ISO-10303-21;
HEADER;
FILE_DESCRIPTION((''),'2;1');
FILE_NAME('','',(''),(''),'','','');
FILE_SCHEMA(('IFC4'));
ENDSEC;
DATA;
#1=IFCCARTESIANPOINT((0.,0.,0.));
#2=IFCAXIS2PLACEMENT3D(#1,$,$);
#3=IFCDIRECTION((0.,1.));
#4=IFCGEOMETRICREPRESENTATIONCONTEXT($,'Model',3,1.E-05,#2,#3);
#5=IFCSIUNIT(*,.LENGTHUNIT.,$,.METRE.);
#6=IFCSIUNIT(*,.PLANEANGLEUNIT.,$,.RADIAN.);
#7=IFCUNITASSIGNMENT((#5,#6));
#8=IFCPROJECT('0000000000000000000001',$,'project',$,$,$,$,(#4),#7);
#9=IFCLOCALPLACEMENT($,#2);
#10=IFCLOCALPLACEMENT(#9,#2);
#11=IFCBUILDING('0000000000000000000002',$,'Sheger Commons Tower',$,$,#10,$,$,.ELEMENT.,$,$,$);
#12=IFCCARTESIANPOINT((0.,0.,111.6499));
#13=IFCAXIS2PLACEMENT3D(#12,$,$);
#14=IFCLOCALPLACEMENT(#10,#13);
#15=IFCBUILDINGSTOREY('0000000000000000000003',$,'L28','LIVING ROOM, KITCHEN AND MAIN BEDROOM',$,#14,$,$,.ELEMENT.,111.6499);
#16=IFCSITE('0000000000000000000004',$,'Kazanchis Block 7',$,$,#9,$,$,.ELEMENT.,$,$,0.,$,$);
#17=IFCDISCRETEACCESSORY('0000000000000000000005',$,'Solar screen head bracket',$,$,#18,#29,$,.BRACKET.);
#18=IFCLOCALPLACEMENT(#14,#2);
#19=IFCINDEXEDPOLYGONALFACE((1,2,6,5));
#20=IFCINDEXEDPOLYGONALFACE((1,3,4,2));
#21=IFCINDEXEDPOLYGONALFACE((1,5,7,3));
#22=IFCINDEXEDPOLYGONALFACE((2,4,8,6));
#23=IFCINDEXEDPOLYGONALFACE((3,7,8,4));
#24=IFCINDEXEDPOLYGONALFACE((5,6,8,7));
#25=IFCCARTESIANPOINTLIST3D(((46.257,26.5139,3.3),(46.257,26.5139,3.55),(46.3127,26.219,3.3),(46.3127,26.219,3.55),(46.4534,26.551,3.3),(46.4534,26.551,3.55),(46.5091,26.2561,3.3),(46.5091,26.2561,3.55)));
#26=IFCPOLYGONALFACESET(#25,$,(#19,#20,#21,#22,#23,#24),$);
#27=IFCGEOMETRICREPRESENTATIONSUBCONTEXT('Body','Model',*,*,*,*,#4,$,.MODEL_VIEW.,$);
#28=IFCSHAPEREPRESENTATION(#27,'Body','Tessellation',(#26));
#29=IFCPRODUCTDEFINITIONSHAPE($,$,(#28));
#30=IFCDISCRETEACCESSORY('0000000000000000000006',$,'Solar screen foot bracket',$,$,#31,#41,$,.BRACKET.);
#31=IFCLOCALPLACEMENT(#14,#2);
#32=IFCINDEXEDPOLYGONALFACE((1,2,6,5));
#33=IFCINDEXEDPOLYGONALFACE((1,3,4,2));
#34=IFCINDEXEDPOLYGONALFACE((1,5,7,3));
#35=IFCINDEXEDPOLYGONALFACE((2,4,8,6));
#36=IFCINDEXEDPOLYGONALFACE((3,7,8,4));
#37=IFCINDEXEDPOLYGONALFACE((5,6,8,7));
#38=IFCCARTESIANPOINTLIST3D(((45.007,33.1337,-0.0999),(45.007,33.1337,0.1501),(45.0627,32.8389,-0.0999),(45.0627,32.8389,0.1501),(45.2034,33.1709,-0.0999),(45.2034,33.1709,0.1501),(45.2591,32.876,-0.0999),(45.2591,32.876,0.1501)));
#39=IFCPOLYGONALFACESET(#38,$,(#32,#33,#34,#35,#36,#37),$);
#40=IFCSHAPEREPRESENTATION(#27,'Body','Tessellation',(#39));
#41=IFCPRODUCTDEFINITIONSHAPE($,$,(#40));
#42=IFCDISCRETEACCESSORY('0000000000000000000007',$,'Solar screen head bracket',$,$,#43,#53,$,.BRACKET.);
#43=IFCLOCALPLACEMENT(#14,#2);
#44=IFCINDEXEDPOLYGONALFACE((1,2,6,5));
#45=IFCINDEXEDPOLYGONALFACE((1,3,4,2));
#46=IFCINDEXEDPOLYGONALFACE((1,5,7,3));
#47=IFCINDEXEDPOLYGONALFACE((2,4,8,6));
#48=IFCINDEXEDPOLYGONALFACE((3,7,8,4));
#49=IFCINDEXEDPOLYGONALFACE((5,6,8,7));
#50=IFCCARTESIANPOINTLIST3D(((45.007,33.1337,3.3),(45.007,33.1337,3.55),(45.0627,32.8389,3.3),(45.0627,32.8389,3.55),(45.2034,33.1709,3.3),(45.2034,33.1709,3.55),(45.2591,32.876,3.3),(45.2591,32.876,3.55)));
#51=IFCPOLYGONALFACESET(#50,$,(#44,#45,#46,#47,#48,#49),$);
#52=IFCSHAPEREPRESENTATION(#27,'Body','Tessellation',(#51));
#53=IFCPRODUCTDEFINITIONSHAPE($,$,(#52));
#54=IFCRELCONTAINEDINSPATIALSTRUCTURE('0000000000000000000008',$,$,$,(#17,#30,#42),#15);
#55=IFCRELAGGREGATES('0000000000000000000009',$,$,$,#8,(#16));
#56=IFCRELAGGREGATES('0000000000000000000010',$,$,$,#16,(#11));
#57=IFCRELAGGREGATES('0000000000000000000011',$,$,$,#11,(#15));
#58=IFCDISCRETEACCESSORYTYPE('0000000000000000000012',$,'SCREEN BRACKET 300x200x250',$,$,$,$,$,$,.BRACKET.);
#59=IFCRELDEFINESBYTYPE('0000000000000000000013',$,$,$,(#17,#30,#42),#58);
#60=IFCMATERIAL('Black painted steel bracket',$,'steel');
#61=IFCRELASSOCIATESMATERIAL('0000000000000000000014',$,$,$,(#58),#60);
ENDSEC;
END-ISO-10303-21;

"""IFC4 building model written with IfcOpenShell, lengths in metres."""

from ifc_helpers import new_model, si_unit, direction, frame, origin, origin_2d, place, context, subcontext, project, spatial, rectangle, extrude, material, type_object, element, save


model = new_model("IFC4")

# Units and contexts
model_context = context("Model", 3, precision=1e-05, world=origin(), true_north=direction((0.0, 1.0)))
body_context = subcontext(model_context, "Body", "Model", "MODEL_VIEW")
ifc_project = project(units=[si_unit("LENGTHUNIT", "METRE"), si_unit("PLANEANGLEUNIT", "RADIAN")], contexts=[model_context])

# Site, building, storey
site_placement = place(None, origin())
site = spatial("IfcSite", under=ifc_project, at=site_placement, Name="Kazanchis Block 7", CompositionType="ELEMENT", RefElevation=0.0)
building_placement = place(site_placement, origin())
building = spatial("IfcBuilding", under=site, at=building_placement, Name="Sheger Commons Tower", CompositionType="ELEMENT")
storey_placement = place(building_placement, frame((0.0, 0.0, 111.6499)))
storey = spatial("IfcBuildingStorey", under=building, at=storey_placement, Name="L28", Description="LIVING ROOM, KITCHEN AND MAIN BEDROOM", CompositionType="ELEMENT", Elevation=111.6499)

# Discrete accessories
ifc_material_1 = material(Name="Black painted steel bracket", Category="steel")
discrete_accessory_type = type_object("IfcDiscreteAccessoryType", Name="SCREEN BRACKET 300x200x250", PredefinedType="BRACKET", material=ifc_material_1)
for number, where, z_axis, x_axis, name in (
    (1, (46.3831, 26.385, 3.3), (0.0, 0.0, 1.0), (-0.185615, 0.982623, 0.0), "Solar screen head bracket"),
    (2, (45.1331, 33.0049, -0.0999), (0.0, 0.0, 1.0), (-0.185615, 0.982623, 0.0), "Solar screen foot bracket"),
    (3, (45.1331, 33.0049, 3.3), (0.0, 0.0, 1.0), (-0.185615, 0.982623, 0.0), "Solar screen head bracket"),
):
    element("IfcDiscreteAccessory", number, at=place(storey_placement, frame(where, z_axis=z_axis, x_axis=x_axis)), inside=storey, type_object=discrete_accessory_type, Name=name, PredefinedType="BRACKET", context=body_context, shape_type="SweptSolid", body=[
        extrude(rectangle(XDim=0.3, YDim=0.2, at=origin_2d()), origin(), (0.0, 0.0, 1.0), 0.25),
    ])

save(model, "model.ifc")
